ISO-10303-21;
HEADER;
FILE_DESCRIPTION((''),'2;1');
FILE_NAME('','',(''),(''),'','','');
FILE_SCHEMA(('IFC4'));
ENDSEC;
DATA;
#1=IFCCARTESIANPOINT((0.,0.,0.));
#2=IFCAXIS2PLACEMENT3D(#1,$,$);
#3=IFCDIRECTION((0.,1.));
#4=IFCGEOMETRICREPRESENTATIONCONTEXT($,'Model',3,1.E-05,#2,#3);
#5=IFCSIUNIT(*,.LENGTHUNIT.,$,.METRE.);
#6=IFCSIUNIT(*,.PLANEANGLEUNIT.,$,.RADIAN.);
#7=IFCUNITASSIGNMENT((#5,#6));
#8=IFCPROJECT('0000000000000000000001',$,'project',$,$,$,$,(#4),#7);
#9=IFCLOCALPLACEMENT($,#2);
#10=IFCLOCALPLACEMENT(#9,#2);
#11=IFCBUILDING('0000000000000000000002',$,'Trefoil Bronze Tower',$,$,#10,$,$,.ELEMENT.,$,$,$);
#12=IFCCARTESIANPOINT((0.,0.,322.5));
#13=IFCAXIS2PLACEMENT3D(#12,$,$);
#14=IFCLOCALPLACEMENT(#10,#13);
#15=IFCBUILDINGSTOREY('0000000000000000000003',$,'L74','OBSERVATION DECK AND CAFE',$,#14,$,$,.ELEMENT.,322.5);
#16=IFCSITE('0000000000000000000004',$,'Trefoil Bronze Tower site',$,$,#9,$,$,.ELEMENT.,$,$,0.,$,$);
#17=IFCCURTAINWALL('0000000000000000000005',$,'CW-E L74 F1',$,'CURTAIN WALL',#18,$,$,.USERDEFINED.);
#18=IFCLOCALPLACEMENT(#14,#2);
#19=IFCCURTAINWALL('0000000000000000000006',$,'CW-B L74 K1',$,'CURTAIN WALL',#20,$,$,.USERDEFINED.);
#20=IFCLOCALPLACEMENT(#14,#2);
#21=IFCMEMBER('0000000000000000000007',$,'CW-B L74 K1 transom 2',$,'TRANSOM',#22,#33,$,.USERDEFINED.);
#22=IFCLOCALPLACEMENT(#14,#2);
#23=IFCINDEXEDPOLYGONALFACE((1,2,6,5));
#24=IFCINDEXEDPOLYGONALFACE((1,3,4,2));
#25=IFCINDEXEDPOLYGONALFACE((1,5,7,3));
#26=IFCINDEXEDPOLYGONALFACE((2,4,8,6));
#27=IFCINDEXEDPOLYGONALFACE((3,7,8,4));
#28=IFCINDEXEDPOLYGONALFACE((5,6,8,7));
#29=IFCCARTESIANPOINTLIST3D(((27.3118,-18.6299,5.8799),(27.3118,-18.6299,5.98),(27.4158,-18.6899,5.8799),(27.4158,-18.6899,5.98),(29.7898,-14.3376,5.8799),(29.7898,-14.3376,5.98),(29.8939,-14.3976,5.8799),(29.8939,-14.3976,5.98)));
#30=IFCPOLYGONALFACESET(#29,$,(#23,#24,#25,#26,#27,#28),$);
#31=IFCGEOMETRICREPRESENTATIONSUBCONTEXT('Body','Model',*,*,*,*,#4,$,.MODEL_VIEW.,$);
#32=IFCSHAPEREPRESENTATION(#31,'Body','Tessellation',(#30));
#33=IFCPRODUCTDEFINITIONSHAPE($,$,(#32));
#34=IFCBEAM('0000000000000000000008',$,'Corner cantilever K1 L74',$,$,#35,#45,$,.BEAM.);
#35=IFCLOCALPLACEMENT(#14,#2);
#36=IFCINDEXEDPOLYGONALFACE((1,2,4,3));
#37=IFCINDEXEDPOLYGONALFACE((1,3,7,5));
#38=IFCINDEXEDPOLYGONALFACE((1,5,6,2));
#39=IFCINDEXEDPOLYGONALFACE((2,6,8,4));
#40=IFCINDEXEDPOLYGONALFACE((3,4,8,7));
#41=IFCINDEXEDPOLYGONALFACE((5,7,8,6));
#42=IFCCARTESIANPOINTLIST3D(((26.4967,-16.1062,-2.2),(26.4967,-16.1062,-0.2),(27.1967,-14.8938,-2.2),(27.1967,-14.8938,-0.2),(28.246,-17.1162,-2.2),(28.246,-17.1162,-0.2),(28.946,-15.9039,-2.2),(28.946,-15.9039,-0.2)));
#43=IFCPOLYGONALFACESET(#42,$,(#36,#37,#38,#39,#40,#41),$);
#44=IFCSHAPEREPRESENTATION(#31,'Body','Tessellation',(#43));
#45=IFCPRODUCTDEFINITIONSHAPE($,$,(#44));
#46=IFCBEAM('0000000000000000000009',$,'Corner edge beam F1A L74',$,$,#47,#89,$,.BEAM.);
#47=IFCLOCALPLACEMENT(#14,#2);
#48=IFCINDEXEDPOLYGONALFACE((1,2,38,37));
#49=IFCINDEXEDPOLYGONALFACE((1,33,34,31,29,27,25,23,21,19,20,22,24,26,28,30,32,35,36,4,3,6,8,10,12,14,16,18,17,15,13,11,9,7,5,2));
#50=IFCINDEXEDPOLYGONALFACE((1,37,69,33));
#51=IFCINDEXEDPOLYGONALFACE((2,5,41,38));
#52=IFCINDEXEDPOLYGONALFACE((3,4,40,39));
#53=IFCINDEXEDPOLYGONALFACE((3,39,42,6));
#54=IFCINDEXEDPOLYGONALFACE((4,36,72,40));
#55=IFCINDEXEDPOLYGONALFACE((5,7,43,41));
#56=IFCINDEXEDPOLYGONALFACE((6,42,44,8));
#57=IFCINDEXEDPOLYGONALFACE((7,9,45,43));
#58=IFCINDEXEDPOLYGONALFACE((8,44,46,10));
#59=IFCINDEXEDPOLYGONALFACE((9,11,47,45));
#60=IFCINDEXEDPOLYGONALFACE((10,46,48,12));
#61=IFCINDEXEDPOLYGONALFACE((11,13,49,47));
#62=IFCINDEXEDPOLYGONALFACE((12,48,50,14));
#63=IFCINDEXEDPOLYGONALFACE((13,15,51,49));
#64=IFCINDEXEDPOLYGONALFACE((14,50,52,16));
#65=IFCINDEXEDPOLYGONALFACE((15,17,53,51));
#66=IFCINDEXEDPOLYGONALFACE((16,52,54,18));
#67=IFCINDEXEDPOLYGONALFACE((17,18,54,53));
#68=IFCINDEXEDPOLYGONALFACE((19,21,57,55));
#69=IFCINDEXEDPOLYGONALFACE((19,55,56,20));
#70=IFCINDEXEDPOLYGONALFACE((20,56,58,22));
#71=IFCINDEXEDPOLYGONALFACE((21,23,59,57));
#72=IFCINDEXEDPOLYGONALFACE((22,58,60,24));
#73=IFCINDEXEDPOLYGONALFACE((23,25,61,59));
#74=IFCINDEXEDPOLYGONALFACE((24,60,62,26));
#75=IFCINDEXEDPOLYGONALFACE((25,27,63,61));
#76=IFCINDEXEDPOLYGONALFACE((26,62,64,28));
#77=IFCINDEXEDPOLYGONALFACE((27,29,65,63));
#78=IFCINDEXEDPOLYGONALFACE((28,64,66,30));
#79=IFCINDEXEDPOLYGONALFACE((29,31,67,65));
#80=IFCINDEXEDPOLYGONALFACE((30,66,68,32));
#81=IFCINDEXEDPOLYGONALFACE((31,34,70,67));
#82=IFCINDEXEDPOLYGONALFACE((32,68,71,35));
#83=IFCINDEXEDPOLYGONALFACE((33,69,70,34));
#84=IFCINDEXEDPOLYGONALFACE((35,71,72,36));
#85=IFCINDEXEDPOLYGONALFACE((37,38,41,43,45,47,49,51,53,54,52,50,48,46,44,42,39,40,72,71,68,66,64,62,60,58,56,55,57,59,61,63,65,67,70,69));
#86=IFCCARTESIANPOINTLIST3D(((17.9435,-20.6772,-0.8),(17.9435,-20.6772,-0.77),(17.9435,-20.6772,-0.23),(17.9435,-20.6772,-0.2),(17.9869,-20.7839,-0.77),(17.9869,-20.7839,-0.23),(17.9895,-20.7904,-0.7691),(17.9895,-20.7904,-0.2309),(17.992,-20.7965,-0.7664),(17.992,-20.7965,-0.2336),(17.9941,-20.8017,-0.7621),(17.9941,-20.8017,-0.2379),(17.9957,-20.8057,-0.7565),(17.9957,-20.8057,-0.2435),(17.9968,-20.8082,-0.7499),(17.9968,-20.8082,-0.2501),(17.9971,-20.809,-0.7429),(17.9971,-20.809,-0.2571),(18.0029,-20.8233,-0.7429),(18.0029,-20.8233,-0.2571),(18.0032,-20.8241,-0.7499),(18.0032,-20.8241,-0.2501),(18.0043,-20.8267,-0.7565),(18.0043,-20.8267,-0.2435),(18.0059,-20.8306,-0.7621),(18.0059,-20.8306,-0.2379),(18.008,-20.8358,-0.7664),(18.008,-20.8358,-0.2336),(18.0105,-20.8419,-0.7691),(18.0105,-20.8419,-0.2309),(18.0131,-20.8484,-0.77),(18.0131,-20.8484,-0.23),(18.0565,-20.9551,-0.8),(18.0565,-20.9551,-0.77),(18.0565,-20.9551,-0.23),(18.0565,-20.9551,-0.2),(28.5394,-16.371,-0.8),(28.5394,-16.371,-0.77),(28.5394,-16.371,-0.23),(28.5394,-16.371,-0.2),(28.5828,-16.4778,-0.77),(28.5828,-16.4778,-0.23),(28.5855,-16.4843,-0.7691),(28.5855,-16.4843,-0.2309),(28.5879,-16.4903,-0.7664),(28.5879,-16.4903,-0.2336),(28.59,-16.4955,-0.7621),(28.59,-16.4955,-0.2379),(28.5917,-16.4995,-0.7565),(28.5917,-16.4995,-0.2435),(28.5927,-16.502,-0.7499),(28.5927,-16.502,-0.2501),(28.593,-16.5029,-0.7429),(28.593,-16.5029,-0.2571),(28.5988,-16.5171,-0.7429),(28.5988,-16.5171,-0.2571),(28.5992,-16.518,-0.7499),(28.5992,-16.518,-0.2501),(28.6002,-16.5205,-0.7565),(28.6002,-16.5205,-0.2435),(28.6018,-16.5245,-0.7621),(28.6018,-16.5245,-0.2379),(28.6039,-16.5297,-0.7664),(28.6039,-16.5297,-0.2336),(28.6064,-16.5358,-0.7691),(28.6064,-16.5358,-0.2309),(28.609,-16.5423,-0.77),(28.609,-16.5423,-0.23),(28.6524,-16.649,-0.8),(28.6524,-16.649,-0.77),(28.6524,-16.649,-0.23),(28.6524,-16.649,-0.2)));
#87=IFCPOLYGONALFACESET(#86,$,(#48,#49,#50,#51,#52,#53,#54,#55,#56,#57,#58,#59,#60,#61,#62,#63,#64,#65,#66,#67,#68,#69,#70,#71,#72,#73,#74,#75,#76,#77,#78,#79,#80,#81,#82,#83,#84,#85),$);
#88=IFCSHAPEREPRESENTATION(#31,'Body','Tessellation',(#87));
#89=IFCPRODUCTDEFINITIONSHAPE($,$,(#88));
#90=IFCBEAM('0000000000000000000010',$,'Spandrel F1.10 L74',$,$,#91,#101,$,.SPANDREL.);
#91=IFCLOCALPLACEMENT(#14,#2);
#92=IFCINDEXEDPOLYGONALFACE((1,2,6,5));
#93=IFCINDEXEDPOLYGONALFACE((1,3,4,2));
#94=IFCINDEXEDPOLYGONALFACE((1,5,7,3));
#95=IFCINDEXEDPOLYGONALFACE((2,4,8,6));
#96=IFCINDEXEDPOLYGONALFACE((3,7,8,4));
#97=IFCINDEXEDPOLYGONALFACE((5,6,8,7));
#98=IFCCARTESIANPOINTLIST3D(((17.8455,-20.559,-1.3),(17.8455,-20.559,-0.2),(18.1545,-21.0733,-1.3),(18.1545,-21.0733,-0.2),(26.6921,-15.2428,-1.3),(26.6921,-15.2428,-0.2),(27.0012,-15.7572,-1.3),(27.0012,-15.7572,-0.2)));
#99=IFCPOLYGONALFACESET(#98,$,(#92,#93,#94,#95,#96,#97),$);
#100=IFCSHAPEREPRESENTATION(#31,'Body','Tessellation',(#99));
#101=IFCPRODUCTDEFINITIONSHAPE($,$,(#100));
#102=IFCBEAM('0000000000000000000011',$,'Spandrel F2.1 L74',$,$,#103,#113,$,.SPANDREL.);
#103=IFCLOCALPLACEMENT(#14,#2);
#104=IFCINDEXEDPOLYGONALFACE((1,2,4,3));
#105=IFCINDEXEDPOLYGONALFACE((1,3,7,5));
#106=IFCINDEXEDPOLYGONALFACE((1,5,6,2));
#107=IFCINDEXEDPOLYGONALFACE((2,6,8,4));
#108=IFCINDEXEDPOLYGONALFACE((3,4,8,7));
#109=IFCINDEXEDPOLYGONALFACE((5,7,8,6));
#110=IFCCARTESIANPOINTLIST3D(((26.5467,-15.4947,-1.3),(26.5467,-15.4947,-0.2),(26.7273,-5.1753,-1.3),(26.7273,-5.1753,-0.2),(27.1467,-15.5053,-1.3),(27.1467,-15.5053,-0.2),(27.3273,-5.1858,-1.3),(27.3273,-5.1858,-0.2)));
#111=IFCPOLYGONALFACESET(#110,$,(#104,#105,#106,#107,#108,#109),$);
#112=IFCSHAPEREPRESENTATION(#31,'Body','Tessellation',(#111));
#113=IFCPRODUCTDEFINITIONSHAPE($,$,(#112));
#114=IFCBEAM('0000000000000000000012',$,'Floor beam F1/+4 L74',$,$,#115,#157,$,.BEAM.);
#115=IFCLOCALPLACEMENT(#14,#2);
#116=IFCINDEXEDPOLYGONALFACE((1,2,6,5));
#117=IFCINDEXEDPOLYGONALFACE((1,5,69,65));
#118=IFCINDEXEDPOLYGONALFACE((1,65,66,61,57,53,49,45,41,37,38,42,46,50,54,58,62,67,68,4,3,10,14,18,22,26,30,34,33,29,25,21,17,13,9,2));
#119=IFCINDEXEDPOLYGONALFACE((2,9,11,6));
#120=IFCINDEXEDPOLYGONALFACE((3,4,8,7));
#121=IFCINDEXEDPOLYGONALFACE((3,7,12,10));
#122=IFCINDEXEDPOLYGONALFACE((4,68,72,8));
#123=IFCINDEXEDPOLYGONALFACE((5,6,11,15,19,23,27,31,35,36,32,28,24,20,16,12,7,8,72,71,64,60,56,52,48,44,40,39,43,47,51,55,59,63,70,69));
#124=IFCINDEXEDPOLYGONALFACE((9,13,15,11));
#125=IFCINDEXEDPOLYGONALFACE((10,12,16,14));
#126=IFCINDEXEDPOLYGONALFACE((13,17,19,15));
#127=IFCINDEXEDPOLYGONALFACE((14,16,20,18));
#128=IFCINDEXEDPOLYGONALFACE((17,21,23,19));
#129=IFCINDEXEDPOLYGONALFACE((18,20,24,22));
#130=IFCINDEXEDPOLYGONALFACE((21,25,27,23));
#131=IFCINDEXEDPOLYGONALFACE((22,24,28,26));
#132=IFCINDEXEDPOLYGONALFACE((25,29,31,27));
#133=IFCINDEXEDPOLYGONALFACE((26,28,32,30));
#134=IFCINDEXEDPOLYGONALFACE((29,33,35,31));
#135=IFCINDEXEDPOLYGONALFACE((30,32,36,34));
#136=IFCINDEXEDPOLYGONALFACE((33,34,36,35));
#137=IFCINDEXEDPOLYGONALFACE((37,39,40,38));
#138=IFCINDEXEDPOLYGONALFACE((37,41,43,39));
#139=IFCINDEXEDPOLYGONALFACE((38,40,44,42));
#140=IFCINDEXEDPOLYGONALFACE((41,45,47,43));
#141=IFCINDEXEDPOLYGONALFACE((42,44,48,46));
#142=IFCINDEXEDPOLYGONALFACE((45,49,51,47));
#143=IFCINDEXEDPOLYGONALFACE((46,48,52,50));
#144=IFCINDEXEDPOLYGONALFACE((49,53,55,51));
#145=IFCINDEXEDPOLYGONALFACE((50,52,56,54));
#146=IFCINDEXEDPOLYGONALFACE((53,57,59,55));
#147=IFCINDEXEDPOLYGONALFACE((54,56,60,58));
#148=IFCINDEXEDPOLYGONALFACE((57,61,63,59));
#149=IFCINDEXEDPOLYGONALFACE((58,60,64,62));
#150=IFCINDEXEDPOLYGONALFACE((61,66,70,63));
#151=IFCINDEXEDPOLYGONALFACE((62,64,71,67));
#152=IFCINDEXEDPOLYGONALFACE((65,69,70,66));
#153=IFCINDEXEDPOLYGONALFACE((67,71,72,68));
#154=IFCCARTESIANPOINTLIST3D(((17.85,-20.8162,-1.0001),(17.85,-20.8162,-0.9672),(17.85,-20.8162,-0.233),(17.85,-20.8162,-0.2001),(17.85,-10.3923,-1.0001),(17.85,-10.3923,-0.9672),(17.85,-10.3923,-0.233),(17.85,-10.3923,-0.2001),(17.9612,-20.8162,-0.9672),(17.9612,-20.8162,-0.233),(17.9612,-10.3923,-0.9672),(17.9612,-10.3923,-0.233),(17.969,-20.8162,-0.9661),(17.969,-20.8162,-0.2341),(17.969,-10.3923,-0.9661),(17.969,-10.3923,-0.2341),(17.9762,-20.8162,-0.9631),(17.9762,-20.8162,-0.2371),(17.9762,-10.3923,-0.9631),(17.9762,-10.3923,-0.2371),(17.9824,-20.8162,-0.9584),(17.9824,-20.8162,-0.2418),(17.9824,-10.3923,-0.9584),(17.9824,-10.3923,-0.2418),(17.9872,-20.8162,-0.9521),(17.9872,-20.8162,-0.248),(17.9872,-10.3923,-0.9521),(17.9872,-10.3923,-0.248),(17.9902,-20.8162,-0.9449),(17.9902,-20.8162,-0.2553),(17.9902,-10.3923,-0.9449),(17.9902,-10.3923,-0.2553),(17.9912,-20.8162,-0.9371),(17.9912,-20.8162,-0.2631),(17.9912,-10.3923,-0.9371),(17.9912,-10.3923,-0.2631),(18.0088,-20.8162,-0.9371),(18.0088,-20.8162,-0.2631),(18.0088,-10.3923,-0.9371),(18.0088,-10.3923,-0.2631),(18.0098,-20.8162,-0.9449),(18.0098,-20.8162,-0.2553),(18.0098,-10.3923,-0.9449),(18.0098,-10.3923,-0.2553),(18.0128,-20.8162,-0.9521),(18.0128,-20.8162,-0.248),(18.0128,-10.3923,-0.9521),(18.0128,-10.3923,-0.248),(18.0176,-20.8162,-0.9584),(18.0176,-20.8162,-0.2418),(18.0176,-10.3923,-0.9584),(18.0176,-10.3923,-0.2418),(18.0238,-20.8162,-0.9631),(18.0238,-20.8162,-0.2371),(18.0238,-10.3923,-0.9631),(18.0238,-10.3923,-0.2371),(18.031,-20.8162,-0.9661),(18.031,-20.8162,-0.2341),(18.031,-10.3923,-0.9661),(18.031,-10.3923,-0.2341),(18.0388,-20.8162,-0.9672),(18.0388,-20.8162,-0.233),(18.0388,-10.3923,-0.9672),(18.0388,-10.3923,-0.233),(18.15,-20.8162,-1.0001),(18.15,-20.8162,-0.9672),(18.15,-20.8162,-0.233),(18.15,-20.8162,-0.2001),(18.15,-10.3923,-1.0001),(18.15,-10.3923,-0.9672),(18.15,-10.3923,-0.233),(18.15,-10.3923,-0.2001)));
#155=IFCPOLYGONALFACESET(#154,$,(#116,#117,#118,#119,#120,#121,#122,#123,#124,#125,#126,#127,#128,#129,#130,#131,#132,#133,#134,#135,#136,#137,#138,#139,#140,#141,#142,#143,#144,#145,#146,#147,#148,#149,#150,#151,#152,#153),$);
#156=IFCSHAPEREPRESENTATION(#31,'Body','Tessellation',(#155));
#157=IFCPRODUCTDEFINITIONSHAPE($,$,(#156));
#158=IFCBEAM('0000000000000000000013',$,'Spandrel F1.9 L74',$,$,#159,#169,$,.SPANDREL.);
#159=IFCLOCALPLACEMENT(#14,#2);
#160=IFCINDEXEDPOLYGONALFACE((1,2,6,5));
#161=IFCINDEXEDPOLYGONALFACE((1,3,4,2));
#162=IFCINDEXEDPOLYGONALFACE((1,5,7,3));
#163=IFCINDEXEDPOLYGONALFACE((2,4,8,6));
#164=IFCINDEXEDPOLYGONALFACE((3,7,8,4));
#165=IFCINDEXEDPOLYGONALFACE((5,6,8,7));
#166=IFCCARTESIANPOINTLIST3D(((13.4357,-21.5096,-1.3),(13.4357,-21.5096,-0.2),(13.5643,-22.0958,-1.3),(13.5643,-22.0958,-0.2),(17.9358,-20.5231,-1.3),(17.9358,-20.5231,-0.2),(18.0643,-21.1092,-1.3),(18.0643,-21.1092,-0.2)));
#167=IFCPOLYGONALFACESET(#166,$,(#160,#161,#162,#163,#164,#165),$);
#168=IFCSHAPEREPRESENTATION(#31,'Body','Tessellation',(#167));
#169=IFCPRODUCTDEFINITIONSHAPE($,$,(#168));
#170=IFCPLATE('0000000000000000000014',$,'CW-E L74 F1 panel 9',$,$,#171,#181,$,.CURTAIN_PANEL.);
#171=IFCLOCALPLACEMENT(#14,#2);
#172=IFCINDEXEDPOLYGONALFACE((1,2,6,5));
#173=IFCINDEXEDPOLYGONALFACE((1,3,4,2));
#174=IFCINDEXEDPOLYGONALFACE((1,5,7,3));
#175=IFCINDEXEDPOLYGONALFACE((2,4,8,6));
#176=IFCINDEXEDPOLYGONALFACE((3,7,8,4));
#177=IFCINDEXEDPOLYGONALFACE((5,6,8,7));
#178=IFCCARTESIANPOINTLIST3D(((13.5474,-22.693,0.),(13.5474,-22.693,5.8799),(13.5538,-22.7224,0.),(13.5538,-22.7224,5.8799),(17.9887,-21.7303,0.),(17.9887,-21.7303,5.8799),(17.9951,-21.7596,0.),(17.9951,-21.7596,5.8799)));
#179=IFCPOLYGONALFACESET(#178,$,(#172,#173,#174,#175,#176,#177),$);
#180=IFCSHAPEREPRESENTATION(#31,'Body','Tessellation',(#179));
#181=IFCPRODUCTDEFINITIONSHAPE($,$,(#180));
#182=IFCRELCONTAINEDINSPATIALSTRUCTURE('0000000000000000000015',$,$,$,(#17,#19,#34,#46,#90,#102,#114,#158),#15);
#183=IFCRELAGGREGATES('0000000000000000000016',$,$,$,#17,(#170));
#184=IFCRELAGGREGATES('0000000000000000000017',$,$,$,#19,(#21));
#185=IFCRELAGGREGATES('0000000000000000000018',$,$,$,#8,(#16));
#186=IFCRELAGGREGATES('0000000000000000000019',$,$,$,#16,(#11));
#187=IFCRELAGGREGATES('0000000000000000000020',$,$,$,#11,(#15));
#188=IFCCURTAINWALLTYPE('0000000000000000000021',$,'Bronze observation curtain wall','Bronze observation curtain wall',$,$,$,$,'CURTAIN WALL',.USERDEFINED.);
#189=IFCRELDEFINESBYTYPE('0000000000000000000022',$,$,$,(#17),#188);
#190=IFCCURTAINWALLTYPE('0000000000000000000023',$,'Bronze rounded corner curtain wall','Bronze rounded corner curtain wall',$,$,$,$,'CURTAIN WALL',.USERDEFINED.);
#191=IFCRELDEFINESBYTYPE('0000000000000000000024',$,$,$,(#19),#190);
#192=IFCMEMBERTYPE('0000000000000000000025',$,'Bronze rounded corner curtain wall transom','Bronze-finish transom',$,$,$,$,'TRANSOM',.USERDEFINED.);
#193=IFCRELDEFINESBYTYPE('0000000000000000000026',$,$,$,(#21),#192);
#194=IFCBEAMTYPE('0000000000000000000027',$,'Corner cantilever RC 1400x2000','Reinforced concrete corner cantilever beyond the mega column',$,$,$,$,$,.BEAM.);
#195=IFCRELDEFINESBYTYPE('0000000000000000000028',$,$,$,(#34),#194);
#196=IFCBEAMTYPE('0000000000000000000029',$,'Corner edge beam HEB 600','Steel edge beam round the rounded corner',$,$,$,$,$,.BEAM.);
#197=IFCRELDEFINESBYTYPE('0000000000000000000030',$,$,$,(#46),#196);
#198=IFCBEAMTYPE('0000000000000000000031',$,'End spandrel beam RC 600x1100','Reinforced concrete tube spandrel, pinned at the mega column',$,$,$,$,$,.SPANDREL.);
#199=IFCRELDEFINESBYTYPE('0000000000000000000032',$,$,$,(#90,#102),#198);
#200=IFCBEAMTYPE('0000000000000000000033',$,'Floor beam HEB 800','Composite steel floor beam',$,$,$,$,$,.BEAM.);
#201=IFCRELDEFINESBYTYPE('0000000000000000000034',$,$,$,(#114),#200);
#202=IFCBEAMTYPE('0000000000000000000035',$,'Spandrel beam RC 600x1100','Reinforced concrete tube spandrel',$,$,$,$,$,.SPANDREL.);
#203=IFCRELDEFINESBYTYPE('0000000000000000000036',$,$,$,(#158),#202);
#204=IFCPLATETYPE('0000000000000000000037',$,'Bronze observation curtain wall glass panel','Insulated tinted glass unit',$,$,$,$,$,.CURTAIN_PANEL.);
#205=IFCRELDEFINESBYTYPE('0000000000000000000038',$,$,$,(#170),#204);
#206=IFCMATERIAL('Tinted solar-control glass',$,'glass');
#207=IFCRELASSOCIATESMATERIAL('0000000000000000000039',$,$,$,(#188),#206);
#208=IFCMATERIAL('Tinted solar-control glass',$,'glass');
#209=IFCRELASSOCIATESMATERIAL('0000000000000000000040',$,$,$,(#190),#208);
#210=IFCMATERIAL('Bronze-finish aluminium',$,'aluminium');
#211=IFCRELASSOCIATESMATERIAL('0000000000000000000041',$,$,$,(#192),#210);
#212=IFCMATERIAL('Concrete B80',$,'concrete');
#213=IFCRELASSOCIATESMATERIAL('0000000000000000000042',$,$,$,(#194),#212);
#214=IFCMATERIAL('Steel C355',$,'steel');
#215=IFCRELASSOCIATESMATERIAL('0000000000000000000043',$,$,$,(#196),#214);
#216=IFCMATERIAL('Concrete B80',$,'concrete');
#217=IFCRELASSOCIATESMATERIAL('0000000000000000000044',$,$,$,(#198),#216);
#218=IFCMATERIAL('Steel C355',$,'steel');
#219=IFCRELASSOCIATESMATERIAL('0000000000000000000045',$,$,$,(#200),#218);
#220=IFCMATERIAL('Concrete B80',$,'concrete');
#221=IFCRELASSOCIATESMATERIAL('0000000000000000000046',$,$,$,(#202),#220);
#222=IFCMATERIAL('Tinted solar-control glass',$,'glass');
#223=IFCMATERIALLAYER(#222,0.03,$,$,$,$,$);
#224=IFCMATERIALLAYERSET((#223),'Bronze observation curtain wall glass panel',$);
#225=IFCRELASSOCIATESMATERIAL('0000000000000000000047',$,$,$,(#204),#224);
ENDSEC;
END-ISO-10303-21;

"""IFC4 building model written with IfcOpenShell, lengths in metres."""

from ifc_helpers import new_model, si_unit, direction, frame, origin, origin_2d, place, context, subcontext, project, spatial, rectangle, i_section, extrude, material, layer, layer_set, material_profile, profile_set, type_object, element, aggregate, save


model = new_model("IFC4")

# Units and contexts
model_context = context("Model", 3, precision=1e-05, world=origin(), true_north=direction((0.0, 1.0)))
body_context = subcontext(model_context, "Body", "Model", "MODEL_VIEW")
ifc_project = project(units=[si_unit("LENGTHUNIT", "METRE"), si_unit("PLANEANGLEUNIT", "RADIAN")], contexts=[model_context])

# Site, building, storey
site_placement = place(None, origin())
site = spatial("IfcSite", under=ifc_project, at=site_placement, Name="Trefoil Bronze Tower site", CompositionType="ELEMENT", RefElevation=0.0)
building_placement = place(site_placement, origin())
building = spatial("IfcBuilding", under=site, at=building_placement, Name="Trefoil Bronze Tower", CompositionType="ELEMENT")
storey_placement = place(building_placement, frame((0.0, 0.0, 322.5)))
storey = spatial("IfcBuildingStorey", under=building, at=storey_placement, Name="L74", Description="OBSERVATION DECK AND CAFE", CompositionType="ELEMENT", Elevation=322.5)

# Curtain walls, member
ifc_material_1 = material(Name="Tinted solar-control glass", Category="glass")
curtain_wall_type_1 = type_object("IfcCurtainWallType", Name="Bronze observation curtain wall", Description="Bronze observation curtain wall", ElementType="CURTAIN WALL", PredefinedType="USERDEFINED", material=ifc_material_1)
curtain_wall_1_placement = place(storey_placement, origin())
curtain_wall_1 = element("IfcCurtainWall", 1, at=curtain_wall_1_placement, inside=storey, type_object=curtain_wall_type_1, Name="CW-E L74 F1", ObjectType="CURTAIN WALL", PredefinedType="USERDEFINED")
ifc_material_2 = material(Name="Tinted solar-control glass", Category="glass")
curtain_wall_type_2 = type_object("IfcCurtainWallType", Name="Bronze rounded corner curtain wall", Description="Bronze rounded corner curtain wall", ElementType="CURTAIN WALL", PredefinedType="USERDEFINED", material=ifc_material_2)
curtain_wall_2_placement = place(storey_placement, origin())
curtain_wall_2 = element("IfcCurtainWall", 2, at=curtain_wall_2_placement, inside=storey, type_object=curtain_wall_type_2, Name="CW-B L74 K1", ObjectType="CURTAIN WALL", PredefinedType="USERDEFINED")
ifc_material_3 = material(Name="Bronze-finish aluminium", Category="aluminium")
ifc_material_profile_1 = material_profile(ifc_material_3, rectangle(XDim=0.1201, YDim=0.1001, at=origin_2d()), Name="CW-B transom")
ifc_profile_set_1 = profile_set([ifc_material_profile_1], Name="Bronze-finish aluminium")
member_type_1 = type_object("IfcMemberType", Name="Bronze rounded corner curtain wall transom", Description="Bronze-finish transom", ElementType="TRANSOM", PredefinedType="USERDEFINED", material=ifc_profile_set_1)
member_1_placement = place(storey_placement, frame((27.3638, -18.6599, 5.9299), z_axis=(0.499985, 0.866034, 0.0), x_axis=(-0.866034, 0.499985, 0.0)))
member_1 = element("IfcMember", 3, at=member_1_placement, type_object=member_type_1, Name="CW-B L74 K1 transom 2", ObjectType="TRANSOM", PredefinedType="USERDEFINED", context=body_context, shape_type="SweptSolid", body=[
    extrude(rectangle(XDim=0.1201, YDim=0.1001, at=origin_2d()), origin(), (0.0, 0.0, 1.0), 4.9563),
])

# Beams
ifc_material_4 = material(Name="Concrete B80", Category="concrete")
ifc_material_profile_2 = material_profile(ifc_material_4, rectangle(XDim=1.3999, YDim=2.0, at=origin_2d()), Name="RC 1400x2000")
ifc_profile_set_2 = profile_set([ifc_material_profile_2], Name="Concrete B80")
beam_type_1 = type_object("IfcBeamType", Name="Corner cantilever RC 1400x2000", Description="Reinforced concrete corner cantilever beyond the mega column", PredefinedType="BEAM", material=ifc_profile_set_2)
beam_1_placement = place(storey_placement, frame((26.8467, -15.5, -1.2), z_axis=(0.86601, -0.500026, 0.0), x_axis=(0.500026, 0.86601, 0.0)))
element("IfcBeam", 4, at=beam_1_placement, inside=storey, type_object=beam_type_1, Name="Corner cantilever K1 L74", PredefinedType="BEAM", context=body_context, shape_type="SweptSolid", body=[
    extrude(rectangle(XDim=1.3999, YDim=2.0, at=origin_2d()), origin(), (0.0, 0.0, 1.0), 2.02),
])
ifc_material_5 = material(Name="Steel C355", Category="steel")
ifc_material_profile_3 = material_profile(ifc_material_5, i_section(OverallWidth=0.3, OverallDepth=0.6001, WebThickness=0.0154, FlangeThickness=0.03, FilletRadius=0.0271, at=origin_2d()), Name="HEB 600")
ifc_profile_set_3 = profile_set([ifc_material_profile_3], Name="Steel C355")
beam_type_2 = type_object("IfcBeamType", Name="Corner edge beam HEB 600", Description="Steel edge beam round the rounded corner", PredefinedType="BEAM", material=ifc_profile_set_3)
beam_2_placement = place(storey_placement, frame((18.0, -20.8162, -0.5), z_axis=(0.926419, 0.376493, 0.0), x_axis=(-0.376493, 0.926419, 0.0)))
element("IfcBeam", 5, at=beam_2_placement, inside=storey, type_object=beam_type_2, Name="Corner edge beam F1A L74", PredefinedType="BEAM", context=body_context, shape_type="SweptSolid", body=[
    extrude(i_section(OverallWidth=0.3, OverallDepth=0.6001, WebThickness=0.0154, FlangeThickness=0.03, FilletRadius=0.0271, at=origin_2d()), origin(), (0.0, 0.0, 1.0), 11.4375),
])
ifc_material_6 = material(Name="Concrete B80", Category="concrete")
ifc_material_profile_4 = material_profile(ifc_material_6, rectangle(XDim=0.6001, YDim=1.1001, at=origin_2d()), Name="RC 600x1100")
ifc_profile_set_4 = profile_set([ifc_material_profile_4], Name="Concrete B80")
beam_type_3 = type_object("IfcBeamType", Name="End spandrel beam RC 600x1100", Description="Reinforced concrete tube spandrel, pinned at the mega column", PredefinedType="SPANDREL", material=ifc_profile_set_4)
for number, where, z_axis, x_axis, name in (
    (6, (18.0, -20.8162, -0.75), (0.857144, 0.515077, 0.0), (-0.515077, 0.857144, 0.0), "Spandrel F1.10 L74"),
    (7, (26.8467, -15.5, -0.75), (0.017504, 0.999847, 0.0), (-0.999847, 0.017504, 0.0), "Spandrel F2.1 L74"),
):
    element("IfcBeam", number, at=place(storey_placement, frame(where, z_axis=z_axis, x_axis=x_axis)), inside=storey, type_object=beam_type_3, Name=name, PredefinedType="SPANDREL", context=body_context, shape_type="SweptSolid", body=[
        extrude(rectangle(XDim=0.6001, YDim=1.1001, at=origin_2d()), origin(), (0.0, 0.0, 1.0), 10.321),
    ])
ifc_material_7 = material(Name="Steel C355", Category="steel")
ifc_material_profile_5 = material_profile(ifc_material_7, i_section(OverallWidth=0.3, OverallDepth=0.8, WebThickness=0.0176, FlangeThickness=0.033, FilletRadius=0.03, at=origin_2d()), Name="HEB 800")
ifc_profile_set_5 = profile_set([ifc_material_profile_5], Name="Steel C355")
beam_type_4 = type_object("IfcBeamType", Name="Floor beam HEB 800", Description="Composite steel floor beam", PredefinedType="BEAM", material=ifc_profile_set_5)
beam_3_placement = place(storey_placement, frame((18.0, -20.8162, -0.6001), z_axis=(0.0, 1.0, 0.0), x_axis=(-1.0, 0.0, 0.0)))
element("IfcBeam", 8, at=beam_3_placement, inside=storey, type_object=beam_type_4, Name="Floor beam F1/+4 L74", PredefinedType="BEAM", context=body_context, shape_type="SweptSolid", body=[
    extrude(i_section(OverallWidth=0.3, OverallDepth=0.8, WebThickness=0.0176, FlangeThickness=0.033, FilletRadius=0.03, at=origin_2d()), origin(), (0.0, 0.0, 1.0), 10.4238),
])
ifc_material_8 = material(Name="Concrete B80", Category="concrete")
ifc_material_profile_6 = material_profile(ifc_material_8, rectangle(XDim=0.6001, YDim=1.1001, at=origin_2d()), Name="RC 600x1100")
ifc_profile_set_6 = profile_set([ifc_material_profile_6], Name="Concrete B80")
beam_type_5 = type_object("IfcBeamType", Name="Spandrel beam RC 600x1100", Description="Reinforced concrete tube spandrel", PredefinedType="SPANDREL", material=ifc_profile_set_6)
beam_4_placement = place(storey_placement, frame((13.5, -21.8027, -0.75), z_axis=(0.9768, 0.214152, 0.0), x_axis=(-0.214152, 0.9768, 0.0)))
element("IfcBeam", 9, at=beam_4_placement, inside=storey, type_object=beam_type_5, Name="Spandrel F1.9 L74", PredefinedType="SPANDREL", context=body_context, shape_type="SweptSolid", body=[
    extrude(rectangle(XDim=0.6001, YDim=1.1001, at=origin_2d()), origin(), (0.0, 0.0, 1.0), 4.6069),
])

# Plate
ifc_material_9 = material(Name="Tinted solar-control glass", Category="glass")
ifc_layer_1 = layer(ifc_material_9, 0.03)
ifc_layer_set_1 = layer_set([ifc_layer_1], Name="Bronze observation curtain wall glass panel")
plate_type_1 = type_object("IfcPlateType", Name="Bronze observation curtain wall glass panel", Description="Insulated tinted glass unit", PredefinedType="CURTAIN_PANEL", material=ifc_layer_set_1)
plate_1_placement = place(storey_placement, frame((15.7712, -22.2263, 0.0), z_axis=(0.0, 0.0, 1.0), x_axis=(0.977303, 0.211846, 0.0)))
plate_1 = element("IfcPlate", 10, at=plate_1_placement, type_object=plate_type_1, Name="CW-E L74 F1 panel 9", PredefinedType="CURTAIN_PANEL", context=body_context, shape_type="SweptSolid", body=[
    extrude(rectangle(XDim=4.5444, YDim=0.03, at=origin_2d()), origin(), (0.0, 0.0, 1.0), 5.8799),
])
aggregate(curtain_wall_1, [plate_1])
aggregate(curtain_wall_2, [member_1])

save(model, "model.ifc")
